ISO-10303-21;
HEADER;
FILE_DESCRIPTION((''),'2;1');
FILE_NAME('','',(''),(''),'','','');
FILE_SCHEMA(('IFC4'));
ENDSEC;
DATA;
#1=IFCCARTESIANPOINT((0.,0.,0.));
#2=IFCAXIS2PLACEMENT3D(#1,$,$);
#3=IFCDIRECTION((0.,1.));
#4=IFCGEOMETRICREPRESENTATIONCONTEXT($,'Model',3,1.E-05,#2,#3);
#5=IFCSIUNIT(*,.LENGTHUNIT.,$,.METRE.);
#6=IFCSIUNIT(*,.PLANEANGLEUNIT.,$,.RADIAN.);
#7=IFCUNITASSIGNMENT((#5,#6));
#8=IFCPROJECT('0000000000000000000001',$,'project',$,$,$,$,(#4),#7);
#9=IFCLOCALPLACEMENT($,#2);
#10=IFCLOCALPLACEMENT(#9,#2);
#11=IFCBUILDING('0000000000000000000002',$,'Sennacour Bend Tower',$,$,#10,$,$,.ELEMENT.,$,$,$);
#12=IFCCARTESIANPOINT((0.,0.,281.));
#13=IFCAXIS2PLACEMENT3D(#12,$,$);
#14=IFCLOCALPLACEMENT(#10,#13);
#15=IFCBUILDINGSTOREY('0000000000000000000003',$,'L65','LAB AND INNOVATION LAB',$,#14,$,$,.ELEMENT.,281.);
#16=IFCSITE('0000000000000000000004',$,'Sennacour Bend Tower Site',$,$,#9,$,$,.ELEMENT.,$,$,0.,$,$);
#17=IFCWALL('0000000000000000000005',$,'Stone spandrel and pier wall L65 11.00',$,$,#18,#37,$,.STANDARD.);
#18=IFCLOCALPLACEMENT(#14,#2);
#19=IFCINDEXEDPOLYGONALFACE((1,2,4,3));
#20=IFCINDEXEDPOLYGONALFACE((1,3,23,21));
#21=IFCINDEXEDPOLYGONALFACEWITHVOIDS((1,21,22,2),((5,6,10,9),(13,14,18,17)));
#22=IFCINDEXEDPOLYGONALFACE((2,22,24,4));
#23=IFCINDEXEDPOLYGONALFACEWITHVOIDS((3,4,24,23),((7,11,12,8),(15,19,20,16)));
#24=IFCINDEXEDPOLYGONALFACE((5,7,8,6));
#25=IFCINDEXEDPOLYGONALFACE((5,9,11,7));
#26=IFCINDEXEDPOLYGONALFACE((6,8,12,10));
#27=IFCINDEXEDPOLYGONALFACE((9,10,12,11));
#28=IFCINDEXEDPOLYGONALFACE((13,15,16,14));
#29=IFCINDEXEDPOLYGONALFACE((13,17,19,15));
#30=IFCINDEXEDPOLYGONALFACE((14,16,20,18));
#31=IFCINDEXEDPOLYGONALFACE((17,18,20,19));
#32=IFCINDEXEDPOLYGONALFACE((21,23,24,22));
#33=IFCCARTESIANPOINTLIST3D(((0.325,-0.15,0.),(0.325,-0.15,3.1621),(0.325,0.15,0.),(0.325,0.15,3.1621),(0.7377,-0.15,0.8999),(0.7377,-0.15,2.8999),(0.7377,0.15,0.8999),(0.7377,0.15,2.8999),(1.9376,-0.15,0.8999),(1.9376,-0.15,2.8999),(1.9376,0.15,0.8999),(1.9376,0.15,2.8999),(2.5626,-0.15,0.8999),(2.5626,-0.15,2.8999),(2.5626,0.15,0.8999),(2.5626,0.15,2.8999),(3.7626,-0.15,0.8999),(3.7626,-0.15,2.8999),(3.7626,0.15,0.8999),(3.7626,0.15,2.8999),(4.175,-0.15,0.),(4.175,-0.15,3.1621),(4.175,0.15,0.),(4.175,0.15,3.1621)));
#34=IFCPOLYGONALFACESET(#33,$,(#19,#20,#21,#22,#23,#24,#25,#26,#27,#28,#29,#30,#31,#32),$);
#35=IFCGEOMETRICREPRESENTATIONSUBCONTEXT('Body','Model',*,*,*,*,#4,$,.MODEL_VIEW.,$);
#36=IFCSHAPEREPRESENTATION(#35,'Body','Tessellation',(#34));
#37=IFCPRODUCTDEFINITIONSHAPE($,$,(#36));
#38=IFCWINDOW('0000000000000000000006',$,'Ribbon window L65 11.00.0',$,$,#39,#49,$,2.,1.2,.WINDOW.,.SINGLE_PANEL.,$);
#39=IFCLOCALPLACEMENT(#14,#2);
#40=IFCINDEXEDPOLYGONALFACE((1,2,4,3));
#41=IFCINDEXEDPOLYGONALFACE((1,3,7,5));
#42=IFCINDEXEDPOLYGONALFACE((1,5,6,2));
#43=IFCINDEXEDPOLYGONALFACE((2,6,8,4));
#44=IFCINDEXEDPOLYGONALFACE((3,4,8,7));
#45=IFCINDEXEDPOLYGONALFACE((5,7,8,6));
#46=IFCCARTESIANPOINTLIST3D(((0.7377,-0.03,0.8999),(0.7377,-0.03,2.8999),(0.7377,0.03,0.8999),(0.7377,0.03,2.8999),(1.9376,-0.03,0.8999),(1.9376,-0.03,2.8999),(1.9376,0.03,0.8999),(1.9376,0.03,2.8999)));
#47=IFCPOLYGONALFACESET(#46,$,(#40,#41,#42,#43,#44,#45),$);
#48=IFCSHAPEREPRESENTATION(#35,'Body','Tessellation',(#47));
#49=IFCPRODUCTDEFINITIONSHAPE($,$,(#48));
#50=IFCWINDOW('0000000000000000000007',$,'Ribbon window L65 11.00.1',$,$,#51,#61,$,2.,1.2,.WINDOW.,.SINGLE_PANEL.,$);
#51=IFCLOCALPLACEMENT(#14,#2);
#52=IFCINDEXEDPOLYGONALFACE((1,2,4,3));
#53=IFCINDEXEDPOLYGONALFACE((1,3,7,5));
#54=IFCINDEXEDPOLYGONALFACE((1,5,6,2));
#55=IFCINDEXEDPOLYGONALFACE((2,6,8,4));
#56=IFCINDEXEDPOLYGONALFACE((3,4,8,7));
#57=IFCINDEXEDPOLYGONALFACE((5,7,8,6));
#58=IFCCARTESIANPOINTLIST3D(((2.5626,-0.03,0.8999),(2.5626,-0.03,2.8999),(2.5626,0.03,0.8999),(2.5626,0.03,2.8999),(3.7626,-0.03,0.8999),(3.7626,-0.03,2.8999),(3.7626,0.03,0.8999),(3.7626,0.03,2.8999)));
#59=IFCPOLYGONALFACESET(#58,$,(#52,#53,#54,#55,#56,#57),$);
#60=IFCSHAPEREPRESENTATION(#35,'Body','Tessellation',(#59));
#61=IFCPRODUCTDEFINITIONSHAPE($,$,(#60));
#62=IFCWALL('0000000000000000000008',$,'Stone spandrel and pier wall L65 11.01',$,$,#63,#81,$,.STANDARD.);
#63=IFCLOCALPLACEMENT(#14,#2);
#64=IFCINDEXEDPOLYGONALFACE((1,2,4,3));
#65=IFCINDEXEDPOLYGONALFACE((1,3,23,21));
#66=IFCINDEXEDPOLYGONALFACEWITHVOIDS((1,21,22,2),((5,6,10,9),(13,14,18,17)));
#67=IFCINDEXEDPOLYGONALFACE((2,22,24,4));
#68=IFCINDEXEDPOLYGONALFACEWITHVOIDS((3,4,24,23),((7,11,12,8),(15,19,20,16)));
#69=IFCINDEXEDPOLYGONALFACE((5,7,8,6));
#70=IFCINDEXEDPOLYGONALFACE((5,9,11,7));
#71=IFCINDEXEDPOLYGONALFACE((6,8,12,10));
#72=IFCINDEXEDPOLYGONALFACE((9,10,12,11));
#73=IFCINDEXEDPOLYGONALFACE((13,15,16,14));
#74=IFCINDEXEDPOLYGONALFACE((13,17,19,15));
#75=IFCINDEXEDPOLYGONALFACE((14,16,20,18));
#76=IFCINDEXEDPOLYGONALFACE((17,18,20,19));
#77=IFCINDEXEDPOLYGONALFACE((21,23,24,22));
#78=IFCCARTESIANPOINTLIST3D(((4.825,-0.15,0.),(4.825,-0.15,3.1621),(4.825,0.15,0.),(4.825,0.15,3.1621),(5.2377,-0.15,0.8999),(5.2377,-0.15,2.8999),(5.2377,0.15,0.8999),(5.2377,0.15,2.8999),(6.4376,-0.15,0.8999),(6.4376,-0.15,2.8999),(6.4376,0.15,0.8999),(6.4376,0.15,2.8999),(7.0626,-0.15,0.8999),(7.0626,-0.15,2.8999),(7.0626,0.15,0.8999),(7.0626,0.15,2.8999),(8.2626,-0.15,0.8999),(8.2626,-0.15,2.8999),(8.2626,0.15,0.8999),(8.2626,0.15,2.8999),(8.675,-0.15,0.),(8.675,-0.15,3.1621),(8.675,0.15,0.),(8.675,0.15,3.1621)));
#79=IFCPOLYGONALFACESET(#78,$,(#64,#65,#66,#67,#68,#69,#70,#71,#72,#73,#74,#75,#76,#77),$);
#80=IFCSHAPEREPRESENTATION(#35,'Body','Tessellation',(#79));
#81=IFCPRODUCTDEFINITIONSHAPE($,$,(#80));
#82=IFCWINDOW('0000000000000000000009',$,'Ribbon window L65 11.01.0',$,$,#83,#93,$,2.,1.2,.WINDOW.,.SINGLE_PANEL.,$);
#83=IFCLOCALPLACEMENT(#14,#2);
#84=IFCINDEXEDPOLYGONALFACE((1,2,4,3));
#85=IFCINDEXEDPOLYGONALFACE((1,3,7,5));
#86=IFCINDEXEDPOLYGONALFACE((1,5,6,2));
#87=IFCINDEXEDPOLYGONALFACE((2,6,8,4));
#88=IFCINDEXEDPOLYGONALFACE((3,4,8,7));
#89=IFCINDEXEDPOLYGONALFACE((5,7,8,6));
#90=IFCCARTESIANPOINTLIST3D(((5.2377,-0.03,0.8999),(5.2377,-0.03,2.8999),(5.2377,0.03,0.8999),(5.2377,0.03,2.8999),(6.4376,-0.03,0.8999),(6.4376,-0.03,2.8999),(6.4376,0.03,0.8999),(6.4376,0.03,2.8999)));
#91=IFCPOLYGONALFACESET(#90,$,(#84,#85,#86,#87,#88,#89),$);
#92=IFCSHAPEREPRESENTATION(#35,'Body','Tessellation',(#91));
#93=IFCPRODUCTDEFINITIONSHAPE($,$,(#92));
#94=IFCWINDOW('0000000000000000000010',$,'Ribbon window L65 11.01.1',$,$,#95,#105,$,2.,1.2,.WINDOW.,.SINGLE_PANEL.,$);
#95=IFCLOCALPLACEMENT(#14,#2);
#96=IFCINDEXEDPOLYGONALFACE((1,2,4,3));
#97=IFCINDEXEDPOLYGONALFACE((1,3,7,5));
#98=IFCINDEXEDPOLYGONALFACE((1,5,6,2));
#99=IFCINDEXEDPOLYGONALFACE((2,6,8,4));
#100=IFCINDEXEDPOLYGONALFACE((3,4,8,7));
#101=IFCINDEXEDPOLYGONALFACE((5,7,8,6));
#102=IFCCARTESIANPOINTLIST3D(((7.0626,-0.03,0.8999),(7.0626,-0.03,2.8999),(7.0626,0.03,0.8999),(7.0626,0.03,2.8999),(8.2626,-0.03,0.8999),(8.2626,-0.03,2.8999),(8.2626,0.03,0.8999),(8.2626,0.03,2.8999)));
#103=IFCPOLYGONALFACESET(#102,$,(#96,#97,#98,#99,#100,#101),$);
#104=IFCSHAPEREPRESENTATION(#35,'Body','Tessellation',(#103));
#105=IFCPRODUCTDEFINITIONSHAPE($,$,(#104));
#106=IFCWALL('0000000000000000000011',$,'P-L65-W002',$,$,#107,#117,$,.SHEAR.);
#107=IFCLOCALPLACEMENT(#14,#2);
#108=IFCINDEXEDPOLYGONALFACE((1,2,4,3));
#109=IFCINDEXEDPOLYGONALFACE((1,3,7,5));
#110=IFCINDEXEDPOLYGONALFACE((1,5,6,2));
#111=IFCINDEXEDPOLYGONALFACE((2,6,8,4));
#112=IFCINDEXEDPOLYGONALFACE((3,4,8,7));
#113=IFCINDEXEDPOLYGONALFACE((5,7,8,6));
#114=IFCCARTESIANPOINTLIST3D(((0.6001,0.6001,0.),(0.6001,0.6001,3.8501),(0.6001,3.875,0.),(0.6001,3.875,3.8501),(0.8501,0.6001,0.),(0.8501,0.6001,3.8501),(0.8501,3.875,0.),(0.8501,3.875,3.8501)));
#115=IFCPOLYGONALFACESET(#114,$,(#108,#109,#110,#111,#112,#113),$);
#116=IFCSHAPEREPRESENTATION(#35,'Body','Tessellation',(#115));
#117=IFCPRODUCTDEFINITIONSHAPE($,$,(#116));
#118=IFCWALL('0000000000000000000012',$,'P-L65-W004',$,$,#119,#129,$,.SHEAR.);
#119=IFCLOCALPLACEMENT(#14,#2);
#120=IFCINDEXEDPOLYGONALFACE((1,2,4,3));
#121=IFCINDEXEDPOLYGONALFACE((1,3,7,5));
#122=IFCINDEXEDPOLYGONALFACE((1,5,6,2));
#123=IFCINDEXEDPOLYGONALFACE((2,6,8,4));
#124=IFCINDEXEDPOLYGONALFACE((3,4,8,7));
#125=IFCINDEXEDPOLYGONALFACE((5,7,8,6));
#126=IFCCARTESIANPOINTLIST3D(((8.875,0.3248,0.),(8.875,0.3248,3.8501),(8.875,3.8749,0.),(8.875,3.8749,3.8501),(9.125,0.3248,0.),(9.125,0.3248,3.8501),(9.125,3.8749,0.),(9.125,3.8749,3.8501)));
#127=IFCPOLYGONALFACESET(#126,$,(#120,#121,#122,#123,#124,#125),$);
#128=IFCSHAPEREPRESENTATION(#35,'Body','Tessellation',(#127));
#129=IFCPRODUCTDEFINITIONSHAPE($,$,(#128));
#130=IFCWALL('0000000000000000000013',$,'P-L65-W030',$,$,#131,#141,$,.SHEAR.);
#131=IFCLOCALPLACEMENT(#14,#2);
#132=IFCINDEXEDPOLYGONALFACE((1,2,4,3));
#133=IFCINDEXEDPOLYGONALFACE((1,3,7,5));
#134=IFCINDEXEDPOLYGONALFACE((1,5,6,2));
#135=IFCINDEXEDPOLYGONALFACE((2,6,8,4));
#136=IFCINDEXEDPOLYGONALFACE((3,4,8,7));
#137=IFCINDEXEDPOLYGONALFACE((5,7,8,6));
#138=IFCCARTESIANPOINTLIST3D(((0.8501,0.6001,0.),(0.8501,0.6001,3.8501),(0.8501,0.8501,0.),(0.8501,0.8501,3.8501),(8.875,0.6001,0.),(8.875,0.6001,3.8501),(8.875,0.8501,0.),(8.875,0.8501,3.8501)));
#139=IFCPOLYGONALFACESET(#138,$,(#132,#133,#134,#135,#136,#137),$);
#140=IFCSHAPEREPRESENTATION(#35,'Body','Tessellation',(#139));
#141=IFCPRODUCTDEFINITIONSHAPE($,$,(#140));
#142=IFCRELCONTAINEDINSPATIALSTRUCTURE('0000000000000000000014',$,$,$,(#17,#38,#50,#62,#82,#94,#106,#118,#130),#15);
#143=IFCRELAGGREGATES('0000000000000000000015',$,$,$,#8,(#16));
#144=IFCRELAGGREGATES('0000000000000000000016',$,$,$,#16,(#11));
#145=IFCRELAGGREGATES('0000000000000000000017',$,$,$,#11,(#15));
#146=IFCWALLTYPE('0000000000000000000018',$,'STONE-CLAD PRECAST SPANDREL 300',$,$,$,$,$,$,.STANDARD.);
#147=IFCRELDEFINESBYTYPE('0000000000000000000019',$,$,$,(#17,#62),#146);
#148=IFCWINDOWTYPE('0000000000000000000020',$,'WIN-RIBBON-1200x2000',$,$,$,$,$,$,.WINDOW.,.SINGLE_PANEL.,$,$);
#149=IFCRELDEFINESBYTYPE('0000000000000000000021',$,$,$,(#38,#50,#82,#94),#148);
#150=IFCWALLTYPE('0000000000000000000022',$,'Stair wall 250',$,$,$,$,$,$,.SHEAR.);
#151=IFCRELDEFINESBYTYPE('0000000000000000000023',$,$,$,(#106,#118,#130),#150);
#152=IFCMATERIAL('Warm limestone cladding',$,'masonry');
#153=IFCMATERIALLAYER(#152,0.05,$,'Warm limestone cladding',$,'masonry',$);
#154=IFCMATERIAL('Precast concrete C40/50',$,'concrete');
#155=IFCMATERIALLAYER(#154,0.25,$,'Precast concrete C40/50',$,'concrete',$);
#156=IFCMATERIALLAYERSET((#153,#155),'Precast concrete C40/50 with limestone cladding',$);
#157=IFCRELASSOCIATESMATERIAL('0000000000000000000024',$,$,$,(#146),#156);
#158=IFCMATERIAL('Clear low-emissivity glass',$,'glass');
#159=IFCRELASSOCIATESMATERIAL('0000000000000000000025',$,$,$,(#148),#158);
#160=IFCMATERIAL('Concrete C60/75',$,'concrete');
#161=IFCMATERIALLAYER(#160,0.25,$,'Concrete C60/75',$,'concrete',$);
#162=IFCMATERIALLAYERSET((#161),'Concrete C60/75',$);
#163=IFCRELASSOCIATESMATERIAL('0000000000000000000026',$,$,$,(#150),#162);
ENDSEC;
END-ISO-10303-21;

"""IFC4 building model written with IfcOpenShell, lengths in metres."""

from ifc_helpers import new_model, si_unit, direction, frame, frame_2d, origin, place, context, subcontext, project, spatial, rectangle, extrude, material, layer, layer_set, type_object, element, fill, save


model = new_model("IFC4")

# Units and contexts
model_context = context("Model", 3, precision=1e-05, world=origin(), true_north=direction((0.0, 1.0)))
body_context = subcontext(model_context, "Body", "Model", "MODEL_VIEW")
ifc_project = project(units=[si_unit("LENGTHUNIT", "METRE"), si_unit("PLANEANGLEUNIT", "RADIAN")], contexts=[model_context])

# Site, building, storey
site_placement = place(None, origin())
site = spatial("IfcSite", under=ifc_project, at=site_placement, Name="Sennacour Bend Tower Site", CompositionType="ELEMENT", RefElevation=0.0)
building_placement = place(site_placement, origin())
building = spatial("IfcBuilding", under=site, at=building_placement, Name="Sennacour Bend Tower", CompositionType="ELEMENT")
storey_placement = place(building_placement, frame((0.0, 0.0, 281.0)))
storey = spatial("IfcBuildingStorey", under=building, at=storey_placement, Name="L65", Description="LAB AND INNOVATION LAB", CompositionType="ELEMENT", Elevation=281.0)

# Walls, openings, windows
ifc_material_1 = material(Name="Warm limestone cladding", Category="masonry")
ifc_layer_1 = layer(ifc_material_1, 0.05, Name="Warm limestone cladding", Category="masonry")
ifc_material_2 = material(Name="Precast concrete C40/50", Category="concrete")
ifc_layer_2 = layer(ifc_material_2, 0.25, Name="Precast concrete C40/50", Category="concrete")
ifc_layer_set_1 = layer_set([ifc_layer_1, ifc_layer_2], Name="Precast concrete C40/50 with limestone cladding")
wall_type_1 = type_object("IfcWallType", Name="STONE-CLAD PRECAST SPANDREL 300", PredefinedType="STANDARD", material=ifc_layer_set_1)
wall_1_placement = place(storey_placement, frame((0.325, 0.0, 0.0), z_axis=(0.0, 0.0, 1.0), x_axis=(1.0, 0.0, 0.0)))
wall_1 = element("IfcWall", 1, at=wall_1_placement, inside=storey, type_object=wall_type_1, Name="Stone spandrel and pier wall L65 11.00", PredefinedType="STANDARD", context=body_context, shape_type="SweptSolid", body=[
    extrude(rectangle(XDim=3.8501, YDim=0.3, at=frame_2d((1.925, 0.0))), origin(), (0.0, 0.0, 1.0), 3.1621),
])
opening_1_placement = place(wall_1_placement, frame((0.4126, 0.0, 0.8999)))
opening_1 = element("IfcOpeningElement", 2, at=opening_1_placement, cuts=wall_1, PredefinedType="OPENING", context=body_context, shape_type="SweptSolid", body=[
    extrude(rectangle(XDim=1.2, YDim=2.0, at=frame_2d((0.6001, 1.0))), frame((0.0, 0.1602, 0.0), z_axis=(0.0, -1.0, 0.0), x_axis=(1.0, 0.0, 0.0)), (0.0, 0.0, 1.0), 0.3201),
])
opening_2_placement = place(wall_1_placement, frame((2.2375, 0.0, 0.8999)))
opening_2 = element("IfcOpeningElement", 3, at=opening_2_placement, cuts=wall_1, PredefinedType="OPENING", context=body_context, shape_type="SweptSolid", body=[
    extrude(rectangle(XDim=1.2, YDim=2.0, at=frame_2d((0.6001, 1.0))), frame((0.0, 0.1602, 0.0), z_axis=(0.0, -1.0, 0.0), x_axis=(1.0, 0.0, 0.0)), (0.0, 0.0, 1.0), 0.3201),
])
ifc_material_3 = material(Name="Clear low-emissivity glass", Category="glass")
window_type = type_object("IfcWindowType", Name="WIN-RIBBON-1200x2000", PartitioningType="SINGLE_PANEL", PredefinedType="WINDOW", material=ifc_material_3)
window_1_placement = place(opening_1_placement, origin())
window_1 = element("IfcWindow", 4, at=window_1_placement, inside=storey, type_object=window_type, Name="Ribbon window L65 11.00.0", OverallHeight=2.0, OverallWidth=1.2, PartitioningType="SINGLE_PANEL", PredefinedType="WINDOW", context=body_context, shape_type="SweptSolid", body=[
    extrude(rectangle(XDim=1.2, YDim=2.0, at=frame_2d((0.6001, 1.0))), frame((0.0, 0.03, 0.0), z_axis=(0.0, -1.0, 0.0), x_axis=(1.0, 0.0, 0.0)), (0.0, 0.0, 1.0), 0.0601),
])
fill(opening_1, window_1)
window_2_placement = place(opening_2_placement, origin())
window_2 = element("IfcWindow", 5, at=window_2_placement, inside=storey, type_object=window_type, Name="Ribbon window L65 11.00.1", OverallHeight=2.0, OverallWidth=1.2, PartitioningType="SINGLE_PANEL", PredefinedType="WINDOW", context=body_context, shape_type="SweptSolid", body=[
    extrude(rectangle(XDim=1.2, YDim=2.0, at=frame_2d((0.6001, 1.0))), frame((0.0, 0.03, 0.0), z_axis=(0.0, -1.0, 0.0), x_axis=(1.0, 0.0, 0.0)), (0.0, 0.0, 1.0), 0.0601),
])
fill(opening_2, window_2)
wall_2_placement = place(storey_placement, frame((4.825, 0.0, 0.0), z_axis=(0.0, 0.0, 1.0), x_axis=(1.0, 0.0, 0.0)))
wall_2 = element("IfcWall", 6, at=wall_2_placement, inside=storey, type_object=wall_type_1, Name="Stone spandrel and pier wall L65 11.01", PredefinedType="STANDARD", context=body_context, shape_type="SweptSolid", body=[
    extrude(rectangle(XDim=3.8501, YDim=0.3, at=frame_2d((1.925, 0.0))), origin(), (0.0, 0.0, 1.0), 3.1621),
])
opening_3_placement = place(wall_2_placement, frame((0.4126, 0.0, 0.8999)))
opening_3 = element("IfcOpeningElement", 7, at=opening_3_placement, cuts=wall_2, PredefinedType="OPENING", context=body_context, shape_type="SweptSolid", body=[
    extrude(rectangle(XDim=1.2, YDim=2.0, at=frame_2d((0.6001, 1.0))), frame((0.0, 0.1602, 0.0), z_axis=(0.0, -1.0, 0.0), x_axis=(1.0, 0.0, 0.0)), (0.0, 0.0, 1.0), 0.3201),
])
opening_4_placement = place(wall_2_placement, frame((2.2375, 0.0, 0.8999)))
opening_4 = element("IfcOpeningElement", 8, at=opening_4_placement, cuts=wall_2, PredefinedType="OPENING", context=body_context, shape_type="SweptSolid", body=[
    extrude(rectangle(XDim=1.2, YDim=2.0, at=frame_2d((0.6001, 1.0))), frame((0.0, 0.1602, 0.0), z_axis=(0.0, -1.0, 0.0), x_axis=(1.0, 0.0, 0.0)), (0.0, 0.0, 1.0), 0.3201),
])
window_3_placement = place(opening_3_placement, origin())
window_3 = element("IfcWindow", 9, at=window_3_placement, inside=storey, type_object=window_type, Name="Ribbon window L65 11.01.0", OverallHeight=2.0, OverallWidth=1.2, PartitioningType="SINGLE_PANEL", PredefinedType="WINDOW", context=body_context, shape_type="SweptSolid", body=[
    extrude(rectangle(XDim=1.2, YDim=2.0, at=frame_2d((0.6001, 1.0))), frame((0.0, 0.03, 0.0), z_axis=(0.0, -1.0, 0.0), x_axis=(1.0, 0.0, 0.0)), (0.0, 0.0, 1.0), 0.0601),
])
fill(opening_3, window_3)
window_4_placement = place(opening_4_placement, origin())
window_4 = element("IfcWindow", 10, at=window_4_placement, inside=storey, type_object=window_type, Name="Ribbon window L65 11.01.1", OverallHeight=2.0, OverallWidth=1.2, PartitioningType="SINGLE_PANEL", PredefinedType="WINDOW", context=body_context, shape_type="SweptSolid", body=[
    extrude(rectangle(XDim=1.2, YDim=2.0, at=frame_2d((0.6001, 1.0))), frame((0.0, 0.03, 0.0), z_axis=(0.0, -1.0, 0.0), x_axis=(1.0, 0.0, 0.0)), (0.0, 0.0, 1.0), 0.0601),
])
fill(opening_4, window_4)

# Walls
ifc_material_4 = material(Name="Concrete C60/75", Category="concrete")
ifc_layer_3 = layer(ifc_material_4, 0.25, Name="Concrete C60/75", Category="concrete")
ifc_layer_set_2 = layer_set([ifc_layer_3], Name="Concrete C60/75")
wall_type_2 = type_object("IfcWallType", Name="Stair wall 250", PredefinedType="SHEAR", material=ifc_layer_set_2)
wall_3_placement = place(storey_placement, frame((0.7251, 0.6001, 0.0), z_axis=(0.0, 0.0, 1.0), x_axis=(0.0, 1.0, 0.0)))
element("IfcWall", 11, at=wall_3_placement, inside=storey, type_object=wall_type_2, Name="P-L65-W002", PredefinedType="SHEAR", context=body_context, shape_type="SweptSolid", body=[
    extrude(rectangle(XDim=3.2749, YDim=0.25, at=frame_2d((1.6375, 0.0))), origin(), (0.0, 0.0, 1.0), 3.8501),
])
wall_4_placement = place(storey_placement, frame((9.0, 0.325, 0.0), z_axis=(0.0, 0.0, 1.0), x_axis=(0.0, 1.0, 0.0)))
element("IfcWall", 12, at=wall_4_placement, inside=storey, type_object=wall_type_2, Name="P-L65-W004", PredefinedType="SHEAR", context=body_context, shape_type="SweptSolid", body=[
    extrude(rectangle(XDim=3.55, YDim=0.25, at=frame_2d((1.7749, 0.0))), origin(), (0.0, 0.0, 1.0), 3.8501),
])
wall_5_placement = place(storey_placement, frame((0.8501, 0.7251, 0.0), z_axis=(0.0, 0.0, 1.0), x_axis=(1.0, 0.0, 0.0)))
element("IfcWall", 13, at=wall_5_placement, inside=storey, type_object=wall_type_2, Name="P-L65-W030", PredefinedType="SHEAR", context=body_context, shape_type="SweptSolid", body=[
    extrude(rectangle(XDim=8.0249, YDim=0.25, at=frame_2d((4.0125, 0.0))), origin(), (0.0, 0.0, 1.0), 3.8501),
])

save(model, "model.ifc")
